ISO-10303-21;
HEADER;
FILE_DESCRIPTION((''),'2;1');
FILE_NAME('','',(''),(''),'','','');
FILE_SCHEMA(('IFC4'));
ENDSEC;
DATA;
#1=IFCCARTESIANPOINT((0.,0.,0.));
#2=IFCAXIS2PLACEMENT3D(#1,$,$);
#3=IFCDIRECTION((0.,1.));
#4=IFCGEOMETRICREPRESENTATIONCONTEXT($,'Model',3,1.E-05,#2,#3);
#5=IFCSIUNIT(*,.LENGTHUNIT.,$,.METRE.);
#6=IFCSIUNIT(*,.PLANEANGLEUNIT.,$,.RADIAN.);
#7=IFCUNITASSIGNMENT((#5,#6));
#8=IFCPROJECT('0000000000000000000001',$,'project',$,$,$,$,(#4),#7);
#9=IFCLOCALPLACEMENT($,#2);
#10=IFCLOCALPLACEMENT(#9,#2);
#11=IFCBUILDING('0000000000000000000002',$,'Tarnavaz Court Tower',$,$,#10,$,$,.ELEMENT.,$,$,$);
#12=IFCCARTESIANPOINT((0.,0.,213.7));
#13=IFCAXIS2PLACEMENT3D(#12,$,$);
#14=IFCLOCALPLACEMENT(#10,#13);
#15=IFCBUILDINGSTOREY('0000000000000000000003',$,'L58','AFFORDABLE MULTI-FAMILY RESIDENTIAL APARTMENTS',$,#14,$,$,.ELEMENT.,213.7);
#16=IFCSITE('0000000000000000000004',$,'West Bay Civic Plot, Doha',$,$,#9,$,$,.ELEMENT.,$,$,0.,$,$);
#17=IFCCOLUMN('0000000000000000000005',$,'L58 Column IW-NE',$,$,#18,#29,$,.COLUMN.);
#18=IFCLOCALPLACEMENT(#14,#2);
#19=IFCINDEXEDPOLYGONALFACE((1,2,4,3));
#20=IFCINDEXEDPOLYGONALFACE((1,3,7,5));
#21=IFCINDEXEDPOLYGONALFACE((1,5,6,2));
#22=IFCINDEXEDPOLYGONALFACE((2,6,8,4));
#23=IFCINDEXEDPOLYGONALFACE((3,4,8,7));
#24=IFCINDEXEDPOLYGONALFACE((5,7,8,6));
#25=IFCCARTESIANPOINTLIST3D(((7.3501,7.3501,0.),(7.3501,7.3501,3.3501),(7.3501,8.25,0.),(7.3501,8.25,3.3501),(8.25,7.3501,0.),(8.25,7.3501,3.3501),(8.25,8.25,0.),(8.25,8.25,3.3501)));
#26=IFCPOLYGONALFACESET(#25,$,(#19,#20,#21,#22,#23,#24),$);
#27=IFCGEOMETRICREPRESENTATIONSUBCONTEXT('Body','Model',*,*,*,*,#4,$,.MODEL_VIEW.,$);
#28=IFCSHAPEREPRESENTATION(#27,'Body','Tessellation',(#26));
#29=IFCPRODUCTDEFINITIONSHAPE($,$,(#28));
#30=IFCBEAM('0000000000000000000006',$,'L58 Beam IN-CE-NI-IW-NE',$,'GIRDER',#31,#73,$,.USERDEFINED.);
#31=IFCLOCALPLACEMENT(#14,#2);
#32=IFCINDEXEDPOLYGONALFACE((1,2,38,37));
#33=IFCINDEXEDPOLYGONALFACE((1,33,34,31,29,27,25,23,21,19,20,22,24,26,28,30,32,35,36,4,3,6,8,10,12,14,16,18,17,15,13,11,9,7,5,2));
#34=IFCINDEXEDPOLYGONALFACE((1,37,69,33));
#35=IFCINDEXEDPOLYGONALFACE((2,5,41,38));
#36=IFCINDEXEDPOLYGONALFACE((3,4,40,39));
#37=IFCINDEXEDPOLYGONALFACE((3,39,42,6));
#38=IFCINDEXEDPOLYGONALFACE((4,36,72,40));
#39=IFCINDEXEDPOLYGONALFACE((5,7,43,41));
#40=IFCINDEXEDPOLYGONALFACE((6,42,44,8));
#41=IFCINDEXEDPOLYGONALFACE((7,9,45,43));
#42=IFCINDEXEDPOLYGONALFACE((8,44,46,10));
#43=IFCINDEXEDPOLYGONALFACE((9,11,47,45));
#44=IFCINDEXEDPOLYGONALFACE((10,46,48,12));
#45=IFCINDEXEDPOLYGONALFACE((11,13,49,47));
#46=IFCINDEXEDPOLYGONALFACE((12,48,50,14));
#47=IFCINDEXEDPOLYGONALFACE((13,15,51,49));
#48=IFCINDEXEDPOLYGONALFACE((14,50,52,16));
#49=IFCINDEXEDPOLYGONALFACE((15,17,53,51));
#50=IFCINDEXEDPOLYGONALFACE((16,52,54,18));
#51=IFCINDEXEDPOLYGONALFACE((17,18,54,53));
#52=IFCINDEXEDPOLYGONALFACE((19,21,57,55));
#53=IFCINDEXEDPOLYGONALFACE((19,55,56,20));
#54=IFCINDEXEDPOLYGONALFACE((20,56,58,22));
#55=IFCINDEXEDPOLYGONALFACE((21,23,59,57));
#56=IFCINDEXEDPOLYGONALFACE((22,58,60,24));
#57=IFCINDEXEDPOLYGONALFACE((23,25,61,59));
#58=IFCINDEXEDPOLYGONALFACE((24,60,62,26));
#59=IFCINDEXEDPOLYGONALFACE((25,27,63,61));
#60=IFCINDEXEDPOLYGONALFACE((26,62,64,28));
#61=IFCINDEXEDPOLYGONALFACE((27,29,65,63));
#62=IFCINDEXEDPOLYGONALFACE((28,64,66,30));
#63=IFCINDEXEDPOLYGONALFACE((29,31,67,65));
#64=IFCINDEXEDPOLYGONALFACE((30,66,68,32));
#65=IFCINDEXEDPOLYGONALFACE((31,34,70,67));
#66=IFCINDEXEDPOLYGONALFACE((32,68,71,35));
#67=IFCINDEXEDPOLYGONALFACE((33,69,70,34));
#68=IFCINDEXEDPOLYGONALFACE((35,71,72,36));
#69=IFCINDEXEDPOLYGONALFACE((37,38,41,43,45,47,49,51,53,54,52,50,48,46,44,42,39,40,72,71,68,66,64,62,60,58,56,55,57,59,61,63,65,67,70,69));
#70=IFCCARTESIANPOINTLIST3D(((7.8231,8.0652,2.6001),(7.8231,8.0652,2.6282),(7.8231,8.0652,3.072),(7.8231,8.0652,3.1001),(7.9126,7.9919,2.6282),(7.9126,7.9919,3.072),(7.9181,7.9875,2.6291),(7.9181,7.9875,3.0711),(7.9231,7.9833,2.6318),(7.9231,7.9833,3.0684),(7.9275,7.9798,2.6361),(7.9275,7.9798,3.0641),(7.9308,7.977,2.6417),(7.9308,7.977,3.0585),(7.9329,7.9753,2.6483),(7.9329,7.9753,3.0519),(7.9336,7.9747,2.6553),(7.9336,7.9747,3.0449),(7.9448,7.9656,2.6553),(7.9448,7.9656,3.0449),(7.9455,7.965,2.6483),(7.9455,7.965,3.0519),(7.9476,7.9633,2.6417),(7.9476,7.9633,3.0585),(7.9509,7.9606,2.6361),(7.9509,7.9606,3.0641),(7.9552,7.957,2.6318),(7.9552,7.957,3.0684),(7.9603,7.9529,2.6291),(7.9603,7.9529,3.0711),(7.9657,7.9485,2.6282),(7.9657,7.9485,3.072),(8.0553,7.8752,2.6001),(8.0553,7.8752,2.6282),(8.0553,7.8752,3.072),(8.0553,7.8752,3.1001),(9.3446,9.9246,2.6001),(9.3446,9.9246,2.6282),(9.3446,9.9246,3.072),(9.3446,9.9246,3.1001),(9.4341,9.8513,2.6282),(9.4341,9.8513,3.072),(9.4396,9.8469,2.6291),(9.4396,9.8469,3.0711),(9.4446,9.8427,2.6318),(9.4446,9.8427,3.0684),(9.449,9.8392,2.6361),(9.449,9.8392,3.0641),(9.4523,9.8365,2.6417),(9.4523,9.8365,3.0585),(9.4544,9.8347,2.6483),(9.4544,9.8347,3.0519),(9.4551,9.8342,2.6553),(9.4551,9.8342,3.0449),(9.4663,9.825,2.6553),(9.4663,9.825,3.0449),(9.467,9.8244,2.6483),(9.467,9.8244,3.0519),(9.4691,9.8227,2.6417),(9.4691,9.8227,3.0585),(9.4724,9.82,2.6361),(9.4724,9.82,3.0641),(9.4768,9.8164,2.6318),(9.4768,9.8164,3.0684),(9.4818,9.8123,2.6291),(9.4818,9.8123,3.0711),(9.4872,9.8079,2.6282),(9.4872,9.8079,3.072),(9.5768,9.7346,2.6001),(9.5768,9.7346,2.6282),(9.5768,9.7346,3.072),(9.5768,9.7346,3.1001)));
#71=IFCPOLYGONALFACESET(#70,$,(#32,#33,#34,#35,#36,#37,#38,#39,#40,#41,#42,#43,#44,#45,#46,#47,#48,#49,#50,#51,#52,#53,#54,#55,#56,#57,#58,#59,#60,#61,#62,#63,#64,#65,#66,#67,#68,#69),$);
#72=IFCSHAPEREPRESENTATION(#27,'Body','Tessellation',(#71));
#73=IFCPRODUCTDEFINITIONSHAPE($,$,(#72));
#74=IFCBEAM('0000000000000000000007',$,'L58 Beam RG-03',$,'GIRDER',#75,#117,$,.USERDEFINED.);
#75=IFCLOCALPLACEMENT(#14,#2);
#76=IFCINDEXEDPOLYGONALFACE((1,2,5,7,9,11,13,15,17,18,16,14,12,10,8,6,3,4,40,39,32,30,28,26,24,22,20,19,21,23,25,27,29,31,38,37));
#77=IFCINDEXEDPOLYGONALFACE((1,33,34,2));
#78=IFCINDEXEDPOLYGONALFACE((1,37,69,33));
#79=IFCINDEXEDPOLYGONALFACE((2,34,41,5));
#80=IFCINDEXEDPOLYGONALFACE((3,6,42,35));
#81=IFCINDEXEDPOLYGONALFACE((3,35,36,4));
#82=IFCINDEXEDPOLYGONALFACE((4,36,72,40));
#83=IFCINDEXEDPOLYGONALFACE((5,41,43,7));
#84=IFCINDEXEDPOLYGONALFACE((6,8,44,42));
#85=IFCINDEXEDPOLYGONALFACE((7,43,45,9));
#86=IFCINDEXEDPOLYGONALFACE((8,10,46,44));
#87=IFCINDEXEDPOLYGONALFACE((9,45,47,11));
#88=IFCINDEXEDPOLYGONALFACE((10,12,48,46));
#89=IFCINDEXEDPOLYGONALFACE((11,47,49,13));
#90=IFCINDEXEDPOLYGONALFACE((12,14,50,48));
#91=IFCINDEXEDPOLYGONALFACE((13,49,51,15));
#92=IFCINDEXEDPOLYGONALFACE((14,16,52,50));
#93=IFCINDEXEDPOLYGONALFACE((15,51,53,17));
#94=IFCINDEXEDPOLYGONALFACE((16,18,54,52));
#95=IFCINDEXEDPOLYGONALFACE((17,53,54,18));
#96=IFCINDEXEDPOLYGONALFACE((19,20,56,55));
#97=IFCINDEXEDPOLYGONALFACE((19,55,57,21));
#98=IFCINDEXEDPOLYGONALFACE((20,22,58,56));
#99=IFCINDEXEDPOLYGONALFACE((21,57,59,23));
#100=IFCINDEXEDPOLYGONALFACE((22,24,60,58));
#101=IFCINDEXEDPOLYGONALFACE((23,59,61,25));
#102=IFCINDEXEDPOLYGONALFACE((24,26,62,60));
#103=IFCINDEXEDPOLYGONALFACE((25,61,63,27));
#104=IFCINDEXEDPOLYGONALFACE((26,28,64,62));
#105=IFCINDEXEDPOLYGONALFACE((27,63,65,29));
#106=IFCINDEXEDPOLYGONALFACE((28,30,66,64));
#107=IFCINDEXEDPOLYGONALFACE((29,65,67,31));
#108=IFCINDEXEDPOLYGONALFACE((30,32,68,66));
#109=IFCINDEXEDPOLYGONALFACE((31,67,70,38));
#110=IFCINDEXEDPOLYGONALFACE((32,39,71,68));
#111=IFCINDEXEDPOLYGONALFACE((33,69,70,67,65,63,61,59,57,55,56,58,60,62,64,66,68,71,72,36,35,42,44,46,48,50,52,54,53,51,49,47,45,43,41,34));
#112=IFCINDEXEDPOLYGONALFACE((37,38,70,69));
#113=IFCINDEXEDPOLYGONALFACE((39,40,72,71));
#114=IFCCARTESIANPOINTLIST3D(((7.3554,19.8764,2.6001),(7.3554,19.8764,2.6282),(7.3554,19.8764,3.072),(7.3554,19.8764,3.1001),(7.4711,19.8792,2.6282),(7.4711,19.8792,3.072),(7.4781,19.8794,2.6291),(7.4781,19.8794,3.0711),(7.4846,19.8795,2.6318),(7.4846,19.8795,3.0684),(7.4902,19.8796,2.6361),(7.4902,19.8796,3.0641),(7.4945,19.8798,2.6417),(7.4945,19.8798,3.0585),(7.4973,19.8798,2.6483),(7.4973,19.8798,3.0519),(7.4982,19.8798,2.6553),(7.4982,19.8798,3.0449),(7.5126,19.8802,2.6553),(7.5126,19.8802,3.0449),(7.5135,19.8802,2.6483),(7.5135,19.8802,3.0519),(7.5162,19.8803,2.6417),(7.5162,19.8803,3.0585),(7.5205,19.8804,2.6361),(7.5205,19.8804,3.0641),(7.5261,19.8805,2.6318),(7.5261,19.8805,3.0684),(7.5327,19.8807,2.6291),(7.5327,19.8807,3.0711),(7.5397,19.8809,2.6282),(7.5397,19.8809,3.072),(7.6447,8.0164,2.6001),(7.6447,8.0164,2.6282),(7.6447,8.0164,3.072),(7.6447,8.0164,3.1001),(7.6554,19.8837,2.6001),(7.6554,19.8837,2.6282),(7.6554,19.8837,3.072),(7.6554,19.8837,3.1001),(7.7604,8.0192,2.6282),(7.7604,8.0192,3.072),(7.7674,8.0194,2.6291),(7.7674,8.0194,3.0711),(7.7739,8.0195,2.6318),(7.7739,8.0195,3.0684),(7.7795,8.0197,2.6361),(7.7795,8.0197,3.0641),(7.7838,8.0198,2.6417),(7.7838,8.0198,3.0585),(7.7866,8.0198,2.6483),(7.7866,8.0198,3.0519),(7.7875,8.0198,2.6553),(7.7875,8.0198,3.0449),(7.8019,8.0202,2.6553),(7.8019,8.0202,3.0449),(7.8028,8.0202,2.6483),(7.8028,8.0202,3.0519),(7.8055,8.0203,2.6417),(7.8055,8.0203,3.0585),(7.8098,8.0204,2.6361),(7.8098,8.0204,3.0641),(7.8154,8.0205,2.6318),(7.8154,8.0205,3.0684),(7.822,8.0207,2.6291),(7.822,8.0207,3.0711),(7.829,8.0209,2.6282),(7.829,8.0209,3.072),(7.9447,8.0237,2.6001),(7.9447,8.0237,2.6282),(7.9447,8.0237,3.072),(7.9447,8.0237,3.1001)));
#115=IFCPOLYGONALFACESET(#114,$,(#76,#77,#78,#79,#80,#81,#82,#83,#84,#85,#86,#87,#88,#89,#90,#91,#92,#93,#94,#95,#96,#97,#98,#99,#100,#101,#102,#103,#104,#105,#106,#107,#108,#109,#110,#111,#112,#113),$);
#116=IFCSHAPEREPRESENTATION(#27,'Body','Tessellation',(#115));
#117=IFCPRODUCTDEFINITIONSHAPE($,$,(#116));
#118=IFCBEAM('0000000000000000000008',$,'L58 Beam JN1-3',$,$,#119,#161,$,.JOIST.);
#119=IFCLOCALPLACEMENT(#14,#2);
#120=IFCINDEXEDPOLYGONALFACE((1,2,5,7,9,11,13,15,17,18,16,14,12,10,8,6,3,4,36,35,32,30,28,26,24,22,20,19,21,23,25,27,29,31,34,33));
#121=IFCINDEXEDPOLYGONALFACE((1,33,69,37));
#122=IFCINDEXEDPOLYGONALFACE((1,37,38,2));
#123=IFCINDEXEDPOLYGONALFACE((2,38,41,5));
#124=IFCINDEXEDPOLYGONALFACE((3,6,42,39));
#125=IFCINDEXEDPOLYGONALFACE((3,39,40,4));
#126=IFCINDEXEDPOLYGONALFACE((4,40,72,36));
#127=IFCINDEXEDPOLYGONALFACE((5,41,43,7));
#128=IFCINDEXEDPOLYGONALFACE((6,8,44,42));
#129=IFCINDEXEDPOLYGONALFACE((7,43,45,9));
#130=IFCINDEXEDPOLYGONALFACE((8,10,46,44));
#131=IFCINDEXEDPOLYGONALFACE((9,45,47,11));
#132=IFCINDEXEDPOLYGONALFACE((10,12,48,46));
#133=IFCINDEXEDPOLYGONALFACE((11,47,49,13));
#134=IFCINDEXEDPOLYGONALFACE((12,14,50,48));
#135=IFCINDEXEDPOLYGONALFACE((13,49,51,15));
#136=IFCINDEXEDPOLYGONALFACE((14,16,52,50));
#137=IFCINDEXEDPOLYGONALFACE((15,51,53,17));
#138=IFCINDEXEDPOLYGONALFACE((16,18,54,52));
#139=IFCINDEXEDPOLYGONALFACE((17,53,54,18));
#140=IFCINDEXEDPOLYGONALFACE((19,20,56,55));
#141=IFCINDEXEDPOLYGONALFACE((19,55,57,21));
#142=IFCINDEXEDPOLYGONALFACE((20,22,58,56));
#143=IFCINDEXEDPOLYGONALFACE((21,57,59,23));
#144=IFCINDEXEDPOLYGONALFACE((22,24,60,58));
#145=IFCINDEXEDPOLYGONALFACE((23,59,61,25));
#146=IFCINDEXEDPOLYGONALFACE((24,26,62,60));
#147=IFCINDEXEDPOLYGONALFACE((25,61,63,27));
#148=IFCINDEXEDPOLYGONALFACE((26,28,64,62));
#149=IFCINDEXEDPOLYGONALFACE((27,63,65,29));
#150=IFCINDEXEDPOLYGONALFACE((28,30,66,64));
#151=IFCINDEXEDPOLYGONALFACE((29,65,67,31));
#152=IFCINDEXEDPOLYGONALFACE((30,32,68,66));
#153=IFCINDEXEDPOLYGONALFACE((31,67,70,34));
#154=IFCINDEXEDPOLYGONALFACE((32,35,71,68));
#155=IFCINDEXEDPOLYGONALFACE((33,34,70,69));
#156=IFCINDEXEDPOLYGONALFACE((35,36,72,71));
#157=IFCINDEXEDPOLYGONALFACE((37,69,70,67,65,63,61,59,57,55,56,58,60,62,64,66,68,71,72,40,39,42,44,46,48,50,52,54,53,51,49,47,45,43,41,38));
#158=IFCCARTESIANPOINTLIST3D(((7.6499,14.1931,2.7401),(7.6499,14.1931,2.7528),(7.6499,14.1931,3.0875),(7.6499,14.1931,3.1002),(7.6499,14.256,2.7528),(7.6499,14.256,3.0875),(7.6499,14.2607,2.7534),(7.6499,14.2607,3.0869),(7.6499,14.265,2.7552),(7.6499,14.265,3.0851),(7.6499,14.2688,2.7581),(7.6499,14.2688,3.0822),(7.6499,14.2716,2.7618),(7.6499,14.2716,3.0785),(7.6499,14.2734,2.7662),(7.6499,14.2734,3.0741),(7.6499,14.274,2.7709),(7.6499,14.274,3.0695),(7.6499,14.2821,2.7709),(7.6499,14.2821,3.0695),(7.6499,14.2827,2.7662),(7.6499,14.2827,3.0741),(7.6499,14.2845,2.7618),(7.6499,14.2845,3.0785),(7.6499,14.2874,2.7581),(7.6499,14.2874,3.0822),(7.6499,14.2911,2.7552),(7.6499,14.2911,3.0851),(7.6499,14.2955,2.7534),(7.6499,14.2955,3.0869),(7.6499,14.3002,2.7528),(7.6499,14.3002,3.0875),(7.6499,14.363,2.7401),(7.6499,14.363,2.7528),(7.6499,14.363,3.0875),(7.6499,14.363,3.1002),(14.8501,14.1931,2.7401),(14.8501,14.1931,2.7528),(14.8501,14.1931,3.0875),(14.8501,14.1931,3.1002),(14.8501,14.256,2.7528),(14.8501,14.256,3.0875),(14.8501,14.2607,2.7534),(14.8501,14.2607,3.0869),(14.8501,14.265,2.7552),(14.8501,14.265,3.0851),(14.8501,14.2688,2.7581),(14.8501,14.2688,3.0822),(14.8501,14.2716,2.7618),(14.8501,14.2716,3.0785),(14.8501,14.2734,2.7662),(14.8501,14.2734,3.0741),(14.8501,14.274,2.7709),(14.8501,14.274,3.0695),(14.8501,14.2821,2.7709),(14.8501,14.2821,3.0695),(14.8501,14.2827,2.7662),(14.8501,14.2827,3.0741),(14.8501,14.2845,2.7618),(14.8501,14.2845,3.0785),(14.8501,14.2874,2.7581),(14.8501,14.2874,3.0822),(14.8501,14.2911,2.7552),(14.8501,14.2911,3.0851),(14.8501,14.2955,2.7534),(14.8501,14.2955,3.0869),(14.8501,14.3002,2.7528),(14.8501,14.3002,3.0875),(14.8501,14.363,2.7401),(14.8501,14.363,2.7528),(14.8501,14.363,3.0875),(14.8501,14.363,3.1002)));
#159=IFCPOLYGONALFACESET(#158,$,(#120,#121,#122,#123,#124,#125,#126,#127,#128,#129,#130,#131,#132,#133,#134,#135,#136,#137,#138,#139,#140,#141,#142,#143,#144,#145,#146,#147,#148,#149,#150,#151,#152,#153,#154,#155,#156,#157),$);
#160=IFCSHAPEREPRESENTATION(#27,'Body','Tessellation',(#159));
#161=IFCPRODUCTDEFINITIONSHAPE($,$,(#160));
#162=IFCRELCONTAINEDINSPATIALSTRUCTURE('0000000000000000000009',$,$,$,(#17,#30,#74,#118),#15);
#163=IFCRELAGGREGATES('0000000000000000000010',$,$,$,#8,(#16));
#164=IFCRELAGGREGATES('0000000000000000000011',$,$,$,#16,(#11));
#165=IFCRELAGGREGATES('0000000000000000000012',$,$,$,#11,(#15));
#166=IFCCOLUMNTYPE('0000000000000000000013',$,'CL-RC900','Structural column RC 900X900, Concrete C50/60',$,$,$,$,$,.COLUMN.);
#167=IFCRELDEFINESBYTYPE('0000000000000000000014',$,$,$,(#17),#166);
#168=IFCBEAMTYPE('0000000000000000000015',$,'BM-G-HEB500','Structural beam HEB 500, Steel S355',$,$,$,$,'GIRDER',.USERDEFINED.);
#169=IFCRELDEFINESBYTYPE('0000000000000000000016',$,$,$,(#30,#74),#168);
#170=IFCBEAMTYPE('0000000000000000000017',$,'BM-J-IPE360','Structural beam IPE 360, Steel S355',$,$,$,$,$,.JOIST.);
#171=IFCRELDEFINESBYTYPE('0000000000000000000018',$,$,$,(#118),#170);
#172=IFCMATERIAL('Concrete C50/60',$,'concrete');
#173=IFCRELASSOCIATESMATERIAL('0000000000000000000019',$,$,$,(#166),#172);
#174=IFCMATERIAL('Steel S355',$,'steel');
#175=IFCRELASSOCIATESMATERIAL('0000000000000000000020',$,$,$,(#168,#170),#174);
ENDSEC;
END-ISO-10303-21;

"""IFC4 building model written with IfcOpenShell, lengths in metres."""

from ifc_helpers import new_model, si_unit, direction, frame, origin, origin_2d, place, context, subcontext, project, spatial, rectangle, i_section, extrude, material, material_profile, profile_set, type_object, element, save


model = new_model("IFC4")

# Units and contexts
model_context = context("Model", 3, precision=1e-05, world=origin(), true_north=direction((0.0, 1.0)))
body_context = subcontext(model_context, "Body", "Model", "MODEL_VIEW")
ifc_project = project(units=[si_unit("LENGTHUNIT", "METRE"), si_unit("PLANEANGLEUNIT", "RADIAN")], contexts=[model_context])

# Site, building, storey
site_placement = place(None, origin())
site = spatial("IfcSite", under=ifc_project, at=site_placement, Name="West Bay Civic Plot, Doha", CompositionType="ELEMENT", RefElevation=0.0)
building_placement = place(site_placement, origin())
building = spatial("IfcBuilding", under=site, at=building_placement, Name="Tarnavaz Court Tower", CompositionType="ELEMENT")
storey_placement = place(building_placement, frame((0.0, 0.0, 213.7)))
storey = spatial("IfcBuildingStorey", under=building, at=storey_placement, Name="L58", Description="AFFORDABLE MULTI-FAMILY RESIDENTIAL APARTMENTS", CompositionType="ELEMENT", Elevation=213.7)

# Column
ifc_material_1 = material(Name="Concrete C50/60", Category="concrete")
ifc_material_profile_1 = material_profile(ifc_material_1, rectangle(XDim=0.8999, YDim=0.8999, at=origin_2d()), Name="RC 900X900")
ifc_profile_set_1 = profile_set([ifc_material_profile_1], Name="Concrete C50/60")
column_type = type_object("IfcColumnType", Name="CL-RC900", Description="Structural column RC 900X900, Concrete C50/60", PredefinedType="COLUMN", material=ifc_profile_set_1)
column_placement = place(storey_placement, frame((7.8, 7.8, 0.0), z_axis=(0.0, 0.0, 1.0), x_axis=(1.0, 0.0, 0.0)))
element("IfcColumn", 1, at=column_placement, inside=storey, type_object=column_type, Name="L58 Column IW-NE", PredefinedType="COLUMN", context=body_context, shape_type="SweptSolid", body=[
    extrude(rectangle(XDim=0.8999, YDim=0.8999, at=origin_2d()), origin(), (0.0, 0.0, 1.0), 3.3501),
])

# Beams
ifc_material_2 = material(Name="Steel S355", Category="steel")
ifc_material_profile_2 = material_profile(ifc_material_2, i_section(OverallWidth=0.3, OverallDepth=0.5, WebThickness=0.0144, FlangeThickness=0.0281, FilletRadius=0.0271, at=origin_2d()), Name="HEB 500")
ifc_profile_set_2 = profile_set([ifc_material_profile_2], Name="Steel S355")
beam_type_1 = type_object("IfcBeamType", Name="BM-G-HEB500", Description="Structural beam HEB 500, Steel S355", ElementType="GIRDER", PredefinedType="USERDEFINED", material=ifc_profile_set_2)
beam_1_placement = place(storey_placement, frame((9.4607, 9.8296, 2.8501), z_axis=(-0.633282, -0.773921, 0.0), x_axis=(0.773921, -0.633282, 0.0)))
element("IfcBeam", 2, at=beam_1_placement, inside=storey, type_object=beam_type_1, Name="L58 Beam IN-CE-NI-IW-NE", ObjectType="GIRDER", PredefinedType="USERDEFINED", context=body_context, shape_type="SweptSolid", body=[
    extrude(i_section(OverallWidth=0.3, OverallDepth=0.5, WebThickness=0.0144, FlangeThickness=0.0281, FilletRadius=0.0271, at=origin_2d()), origin(), (0.0, 0.0, 1.0), 2.4026),
])
beam_2_placement = place(storey_placement, frame((7.7947, 8.02, 2.8501), z_axis=(-0.024386, 0.999703, 0.0), x_axis=(-0.999703, -0.024386, 0.0)))
element("IfcBeam", 3, at=beam_2_placement, inside=storey, type_object=beam_type_1, Name="L58 Beam RG-03", ObjectType="GIRDER", PredefinedType="USERDEFINED", context=body_context, shape_type="SweptSolid", body=[
    extrude(i_section(OverallWidth=0.3, OverallDepth=0.5, WebThickness=0.0144, FlangeThickness=0.0281, FilletRadius=0.0271, at=origin_2d()), origin(), (0.0, 0.0, 1.0), 11.8635),
])
ifc_material_profile_3 = material_profile(ifc_material_2, i_section(OverallWidth=0.1699, OverallDepth=0.3601, WebThickness=0.0081, FlangeThickness=0.0127, FilletRadius=0.0181, at=origin_2d()), Name="IPE 360")
ifc_profile_set_3 = profile_set([ifc_material_profile_3], Name="Steel S355")
beam_type_2 = type_object("IfcBeamType", Name="BM-J-IPE360", Description="Structural beam IPE 360, Steel S355", PredefinedType="JOIST", material=ifc_profile_set_3)
for number, where, z_axis, x_axis, name in (
    (4, (7.6499, 14.2781, 2.9202), (1.0, 0.0, 0.0), (0.0, 1.0, 0.0), "L58 Beam JN1-3"),
):
    element("IfcBeam", number, at=place(storey_placement, frame(where, z_axis=z_axis, x_axis=x_axis)), inside=storey, type_object=beam_type_2, Name=name, PredefinedType="JOIST", context=body_context, shape_type="SweptSolid", body=[
        extrude(i_section(OverallWidth=0.1699, OverallDepth=0.3601, WebThickness=0.0081, FlangeThickness=0.0127, FilletRadius=0.0181, at=origin_2d()), origin(), (0.0, 0.0, 1.0), 7.2002),
    ])

save(model, "model.ifc")
